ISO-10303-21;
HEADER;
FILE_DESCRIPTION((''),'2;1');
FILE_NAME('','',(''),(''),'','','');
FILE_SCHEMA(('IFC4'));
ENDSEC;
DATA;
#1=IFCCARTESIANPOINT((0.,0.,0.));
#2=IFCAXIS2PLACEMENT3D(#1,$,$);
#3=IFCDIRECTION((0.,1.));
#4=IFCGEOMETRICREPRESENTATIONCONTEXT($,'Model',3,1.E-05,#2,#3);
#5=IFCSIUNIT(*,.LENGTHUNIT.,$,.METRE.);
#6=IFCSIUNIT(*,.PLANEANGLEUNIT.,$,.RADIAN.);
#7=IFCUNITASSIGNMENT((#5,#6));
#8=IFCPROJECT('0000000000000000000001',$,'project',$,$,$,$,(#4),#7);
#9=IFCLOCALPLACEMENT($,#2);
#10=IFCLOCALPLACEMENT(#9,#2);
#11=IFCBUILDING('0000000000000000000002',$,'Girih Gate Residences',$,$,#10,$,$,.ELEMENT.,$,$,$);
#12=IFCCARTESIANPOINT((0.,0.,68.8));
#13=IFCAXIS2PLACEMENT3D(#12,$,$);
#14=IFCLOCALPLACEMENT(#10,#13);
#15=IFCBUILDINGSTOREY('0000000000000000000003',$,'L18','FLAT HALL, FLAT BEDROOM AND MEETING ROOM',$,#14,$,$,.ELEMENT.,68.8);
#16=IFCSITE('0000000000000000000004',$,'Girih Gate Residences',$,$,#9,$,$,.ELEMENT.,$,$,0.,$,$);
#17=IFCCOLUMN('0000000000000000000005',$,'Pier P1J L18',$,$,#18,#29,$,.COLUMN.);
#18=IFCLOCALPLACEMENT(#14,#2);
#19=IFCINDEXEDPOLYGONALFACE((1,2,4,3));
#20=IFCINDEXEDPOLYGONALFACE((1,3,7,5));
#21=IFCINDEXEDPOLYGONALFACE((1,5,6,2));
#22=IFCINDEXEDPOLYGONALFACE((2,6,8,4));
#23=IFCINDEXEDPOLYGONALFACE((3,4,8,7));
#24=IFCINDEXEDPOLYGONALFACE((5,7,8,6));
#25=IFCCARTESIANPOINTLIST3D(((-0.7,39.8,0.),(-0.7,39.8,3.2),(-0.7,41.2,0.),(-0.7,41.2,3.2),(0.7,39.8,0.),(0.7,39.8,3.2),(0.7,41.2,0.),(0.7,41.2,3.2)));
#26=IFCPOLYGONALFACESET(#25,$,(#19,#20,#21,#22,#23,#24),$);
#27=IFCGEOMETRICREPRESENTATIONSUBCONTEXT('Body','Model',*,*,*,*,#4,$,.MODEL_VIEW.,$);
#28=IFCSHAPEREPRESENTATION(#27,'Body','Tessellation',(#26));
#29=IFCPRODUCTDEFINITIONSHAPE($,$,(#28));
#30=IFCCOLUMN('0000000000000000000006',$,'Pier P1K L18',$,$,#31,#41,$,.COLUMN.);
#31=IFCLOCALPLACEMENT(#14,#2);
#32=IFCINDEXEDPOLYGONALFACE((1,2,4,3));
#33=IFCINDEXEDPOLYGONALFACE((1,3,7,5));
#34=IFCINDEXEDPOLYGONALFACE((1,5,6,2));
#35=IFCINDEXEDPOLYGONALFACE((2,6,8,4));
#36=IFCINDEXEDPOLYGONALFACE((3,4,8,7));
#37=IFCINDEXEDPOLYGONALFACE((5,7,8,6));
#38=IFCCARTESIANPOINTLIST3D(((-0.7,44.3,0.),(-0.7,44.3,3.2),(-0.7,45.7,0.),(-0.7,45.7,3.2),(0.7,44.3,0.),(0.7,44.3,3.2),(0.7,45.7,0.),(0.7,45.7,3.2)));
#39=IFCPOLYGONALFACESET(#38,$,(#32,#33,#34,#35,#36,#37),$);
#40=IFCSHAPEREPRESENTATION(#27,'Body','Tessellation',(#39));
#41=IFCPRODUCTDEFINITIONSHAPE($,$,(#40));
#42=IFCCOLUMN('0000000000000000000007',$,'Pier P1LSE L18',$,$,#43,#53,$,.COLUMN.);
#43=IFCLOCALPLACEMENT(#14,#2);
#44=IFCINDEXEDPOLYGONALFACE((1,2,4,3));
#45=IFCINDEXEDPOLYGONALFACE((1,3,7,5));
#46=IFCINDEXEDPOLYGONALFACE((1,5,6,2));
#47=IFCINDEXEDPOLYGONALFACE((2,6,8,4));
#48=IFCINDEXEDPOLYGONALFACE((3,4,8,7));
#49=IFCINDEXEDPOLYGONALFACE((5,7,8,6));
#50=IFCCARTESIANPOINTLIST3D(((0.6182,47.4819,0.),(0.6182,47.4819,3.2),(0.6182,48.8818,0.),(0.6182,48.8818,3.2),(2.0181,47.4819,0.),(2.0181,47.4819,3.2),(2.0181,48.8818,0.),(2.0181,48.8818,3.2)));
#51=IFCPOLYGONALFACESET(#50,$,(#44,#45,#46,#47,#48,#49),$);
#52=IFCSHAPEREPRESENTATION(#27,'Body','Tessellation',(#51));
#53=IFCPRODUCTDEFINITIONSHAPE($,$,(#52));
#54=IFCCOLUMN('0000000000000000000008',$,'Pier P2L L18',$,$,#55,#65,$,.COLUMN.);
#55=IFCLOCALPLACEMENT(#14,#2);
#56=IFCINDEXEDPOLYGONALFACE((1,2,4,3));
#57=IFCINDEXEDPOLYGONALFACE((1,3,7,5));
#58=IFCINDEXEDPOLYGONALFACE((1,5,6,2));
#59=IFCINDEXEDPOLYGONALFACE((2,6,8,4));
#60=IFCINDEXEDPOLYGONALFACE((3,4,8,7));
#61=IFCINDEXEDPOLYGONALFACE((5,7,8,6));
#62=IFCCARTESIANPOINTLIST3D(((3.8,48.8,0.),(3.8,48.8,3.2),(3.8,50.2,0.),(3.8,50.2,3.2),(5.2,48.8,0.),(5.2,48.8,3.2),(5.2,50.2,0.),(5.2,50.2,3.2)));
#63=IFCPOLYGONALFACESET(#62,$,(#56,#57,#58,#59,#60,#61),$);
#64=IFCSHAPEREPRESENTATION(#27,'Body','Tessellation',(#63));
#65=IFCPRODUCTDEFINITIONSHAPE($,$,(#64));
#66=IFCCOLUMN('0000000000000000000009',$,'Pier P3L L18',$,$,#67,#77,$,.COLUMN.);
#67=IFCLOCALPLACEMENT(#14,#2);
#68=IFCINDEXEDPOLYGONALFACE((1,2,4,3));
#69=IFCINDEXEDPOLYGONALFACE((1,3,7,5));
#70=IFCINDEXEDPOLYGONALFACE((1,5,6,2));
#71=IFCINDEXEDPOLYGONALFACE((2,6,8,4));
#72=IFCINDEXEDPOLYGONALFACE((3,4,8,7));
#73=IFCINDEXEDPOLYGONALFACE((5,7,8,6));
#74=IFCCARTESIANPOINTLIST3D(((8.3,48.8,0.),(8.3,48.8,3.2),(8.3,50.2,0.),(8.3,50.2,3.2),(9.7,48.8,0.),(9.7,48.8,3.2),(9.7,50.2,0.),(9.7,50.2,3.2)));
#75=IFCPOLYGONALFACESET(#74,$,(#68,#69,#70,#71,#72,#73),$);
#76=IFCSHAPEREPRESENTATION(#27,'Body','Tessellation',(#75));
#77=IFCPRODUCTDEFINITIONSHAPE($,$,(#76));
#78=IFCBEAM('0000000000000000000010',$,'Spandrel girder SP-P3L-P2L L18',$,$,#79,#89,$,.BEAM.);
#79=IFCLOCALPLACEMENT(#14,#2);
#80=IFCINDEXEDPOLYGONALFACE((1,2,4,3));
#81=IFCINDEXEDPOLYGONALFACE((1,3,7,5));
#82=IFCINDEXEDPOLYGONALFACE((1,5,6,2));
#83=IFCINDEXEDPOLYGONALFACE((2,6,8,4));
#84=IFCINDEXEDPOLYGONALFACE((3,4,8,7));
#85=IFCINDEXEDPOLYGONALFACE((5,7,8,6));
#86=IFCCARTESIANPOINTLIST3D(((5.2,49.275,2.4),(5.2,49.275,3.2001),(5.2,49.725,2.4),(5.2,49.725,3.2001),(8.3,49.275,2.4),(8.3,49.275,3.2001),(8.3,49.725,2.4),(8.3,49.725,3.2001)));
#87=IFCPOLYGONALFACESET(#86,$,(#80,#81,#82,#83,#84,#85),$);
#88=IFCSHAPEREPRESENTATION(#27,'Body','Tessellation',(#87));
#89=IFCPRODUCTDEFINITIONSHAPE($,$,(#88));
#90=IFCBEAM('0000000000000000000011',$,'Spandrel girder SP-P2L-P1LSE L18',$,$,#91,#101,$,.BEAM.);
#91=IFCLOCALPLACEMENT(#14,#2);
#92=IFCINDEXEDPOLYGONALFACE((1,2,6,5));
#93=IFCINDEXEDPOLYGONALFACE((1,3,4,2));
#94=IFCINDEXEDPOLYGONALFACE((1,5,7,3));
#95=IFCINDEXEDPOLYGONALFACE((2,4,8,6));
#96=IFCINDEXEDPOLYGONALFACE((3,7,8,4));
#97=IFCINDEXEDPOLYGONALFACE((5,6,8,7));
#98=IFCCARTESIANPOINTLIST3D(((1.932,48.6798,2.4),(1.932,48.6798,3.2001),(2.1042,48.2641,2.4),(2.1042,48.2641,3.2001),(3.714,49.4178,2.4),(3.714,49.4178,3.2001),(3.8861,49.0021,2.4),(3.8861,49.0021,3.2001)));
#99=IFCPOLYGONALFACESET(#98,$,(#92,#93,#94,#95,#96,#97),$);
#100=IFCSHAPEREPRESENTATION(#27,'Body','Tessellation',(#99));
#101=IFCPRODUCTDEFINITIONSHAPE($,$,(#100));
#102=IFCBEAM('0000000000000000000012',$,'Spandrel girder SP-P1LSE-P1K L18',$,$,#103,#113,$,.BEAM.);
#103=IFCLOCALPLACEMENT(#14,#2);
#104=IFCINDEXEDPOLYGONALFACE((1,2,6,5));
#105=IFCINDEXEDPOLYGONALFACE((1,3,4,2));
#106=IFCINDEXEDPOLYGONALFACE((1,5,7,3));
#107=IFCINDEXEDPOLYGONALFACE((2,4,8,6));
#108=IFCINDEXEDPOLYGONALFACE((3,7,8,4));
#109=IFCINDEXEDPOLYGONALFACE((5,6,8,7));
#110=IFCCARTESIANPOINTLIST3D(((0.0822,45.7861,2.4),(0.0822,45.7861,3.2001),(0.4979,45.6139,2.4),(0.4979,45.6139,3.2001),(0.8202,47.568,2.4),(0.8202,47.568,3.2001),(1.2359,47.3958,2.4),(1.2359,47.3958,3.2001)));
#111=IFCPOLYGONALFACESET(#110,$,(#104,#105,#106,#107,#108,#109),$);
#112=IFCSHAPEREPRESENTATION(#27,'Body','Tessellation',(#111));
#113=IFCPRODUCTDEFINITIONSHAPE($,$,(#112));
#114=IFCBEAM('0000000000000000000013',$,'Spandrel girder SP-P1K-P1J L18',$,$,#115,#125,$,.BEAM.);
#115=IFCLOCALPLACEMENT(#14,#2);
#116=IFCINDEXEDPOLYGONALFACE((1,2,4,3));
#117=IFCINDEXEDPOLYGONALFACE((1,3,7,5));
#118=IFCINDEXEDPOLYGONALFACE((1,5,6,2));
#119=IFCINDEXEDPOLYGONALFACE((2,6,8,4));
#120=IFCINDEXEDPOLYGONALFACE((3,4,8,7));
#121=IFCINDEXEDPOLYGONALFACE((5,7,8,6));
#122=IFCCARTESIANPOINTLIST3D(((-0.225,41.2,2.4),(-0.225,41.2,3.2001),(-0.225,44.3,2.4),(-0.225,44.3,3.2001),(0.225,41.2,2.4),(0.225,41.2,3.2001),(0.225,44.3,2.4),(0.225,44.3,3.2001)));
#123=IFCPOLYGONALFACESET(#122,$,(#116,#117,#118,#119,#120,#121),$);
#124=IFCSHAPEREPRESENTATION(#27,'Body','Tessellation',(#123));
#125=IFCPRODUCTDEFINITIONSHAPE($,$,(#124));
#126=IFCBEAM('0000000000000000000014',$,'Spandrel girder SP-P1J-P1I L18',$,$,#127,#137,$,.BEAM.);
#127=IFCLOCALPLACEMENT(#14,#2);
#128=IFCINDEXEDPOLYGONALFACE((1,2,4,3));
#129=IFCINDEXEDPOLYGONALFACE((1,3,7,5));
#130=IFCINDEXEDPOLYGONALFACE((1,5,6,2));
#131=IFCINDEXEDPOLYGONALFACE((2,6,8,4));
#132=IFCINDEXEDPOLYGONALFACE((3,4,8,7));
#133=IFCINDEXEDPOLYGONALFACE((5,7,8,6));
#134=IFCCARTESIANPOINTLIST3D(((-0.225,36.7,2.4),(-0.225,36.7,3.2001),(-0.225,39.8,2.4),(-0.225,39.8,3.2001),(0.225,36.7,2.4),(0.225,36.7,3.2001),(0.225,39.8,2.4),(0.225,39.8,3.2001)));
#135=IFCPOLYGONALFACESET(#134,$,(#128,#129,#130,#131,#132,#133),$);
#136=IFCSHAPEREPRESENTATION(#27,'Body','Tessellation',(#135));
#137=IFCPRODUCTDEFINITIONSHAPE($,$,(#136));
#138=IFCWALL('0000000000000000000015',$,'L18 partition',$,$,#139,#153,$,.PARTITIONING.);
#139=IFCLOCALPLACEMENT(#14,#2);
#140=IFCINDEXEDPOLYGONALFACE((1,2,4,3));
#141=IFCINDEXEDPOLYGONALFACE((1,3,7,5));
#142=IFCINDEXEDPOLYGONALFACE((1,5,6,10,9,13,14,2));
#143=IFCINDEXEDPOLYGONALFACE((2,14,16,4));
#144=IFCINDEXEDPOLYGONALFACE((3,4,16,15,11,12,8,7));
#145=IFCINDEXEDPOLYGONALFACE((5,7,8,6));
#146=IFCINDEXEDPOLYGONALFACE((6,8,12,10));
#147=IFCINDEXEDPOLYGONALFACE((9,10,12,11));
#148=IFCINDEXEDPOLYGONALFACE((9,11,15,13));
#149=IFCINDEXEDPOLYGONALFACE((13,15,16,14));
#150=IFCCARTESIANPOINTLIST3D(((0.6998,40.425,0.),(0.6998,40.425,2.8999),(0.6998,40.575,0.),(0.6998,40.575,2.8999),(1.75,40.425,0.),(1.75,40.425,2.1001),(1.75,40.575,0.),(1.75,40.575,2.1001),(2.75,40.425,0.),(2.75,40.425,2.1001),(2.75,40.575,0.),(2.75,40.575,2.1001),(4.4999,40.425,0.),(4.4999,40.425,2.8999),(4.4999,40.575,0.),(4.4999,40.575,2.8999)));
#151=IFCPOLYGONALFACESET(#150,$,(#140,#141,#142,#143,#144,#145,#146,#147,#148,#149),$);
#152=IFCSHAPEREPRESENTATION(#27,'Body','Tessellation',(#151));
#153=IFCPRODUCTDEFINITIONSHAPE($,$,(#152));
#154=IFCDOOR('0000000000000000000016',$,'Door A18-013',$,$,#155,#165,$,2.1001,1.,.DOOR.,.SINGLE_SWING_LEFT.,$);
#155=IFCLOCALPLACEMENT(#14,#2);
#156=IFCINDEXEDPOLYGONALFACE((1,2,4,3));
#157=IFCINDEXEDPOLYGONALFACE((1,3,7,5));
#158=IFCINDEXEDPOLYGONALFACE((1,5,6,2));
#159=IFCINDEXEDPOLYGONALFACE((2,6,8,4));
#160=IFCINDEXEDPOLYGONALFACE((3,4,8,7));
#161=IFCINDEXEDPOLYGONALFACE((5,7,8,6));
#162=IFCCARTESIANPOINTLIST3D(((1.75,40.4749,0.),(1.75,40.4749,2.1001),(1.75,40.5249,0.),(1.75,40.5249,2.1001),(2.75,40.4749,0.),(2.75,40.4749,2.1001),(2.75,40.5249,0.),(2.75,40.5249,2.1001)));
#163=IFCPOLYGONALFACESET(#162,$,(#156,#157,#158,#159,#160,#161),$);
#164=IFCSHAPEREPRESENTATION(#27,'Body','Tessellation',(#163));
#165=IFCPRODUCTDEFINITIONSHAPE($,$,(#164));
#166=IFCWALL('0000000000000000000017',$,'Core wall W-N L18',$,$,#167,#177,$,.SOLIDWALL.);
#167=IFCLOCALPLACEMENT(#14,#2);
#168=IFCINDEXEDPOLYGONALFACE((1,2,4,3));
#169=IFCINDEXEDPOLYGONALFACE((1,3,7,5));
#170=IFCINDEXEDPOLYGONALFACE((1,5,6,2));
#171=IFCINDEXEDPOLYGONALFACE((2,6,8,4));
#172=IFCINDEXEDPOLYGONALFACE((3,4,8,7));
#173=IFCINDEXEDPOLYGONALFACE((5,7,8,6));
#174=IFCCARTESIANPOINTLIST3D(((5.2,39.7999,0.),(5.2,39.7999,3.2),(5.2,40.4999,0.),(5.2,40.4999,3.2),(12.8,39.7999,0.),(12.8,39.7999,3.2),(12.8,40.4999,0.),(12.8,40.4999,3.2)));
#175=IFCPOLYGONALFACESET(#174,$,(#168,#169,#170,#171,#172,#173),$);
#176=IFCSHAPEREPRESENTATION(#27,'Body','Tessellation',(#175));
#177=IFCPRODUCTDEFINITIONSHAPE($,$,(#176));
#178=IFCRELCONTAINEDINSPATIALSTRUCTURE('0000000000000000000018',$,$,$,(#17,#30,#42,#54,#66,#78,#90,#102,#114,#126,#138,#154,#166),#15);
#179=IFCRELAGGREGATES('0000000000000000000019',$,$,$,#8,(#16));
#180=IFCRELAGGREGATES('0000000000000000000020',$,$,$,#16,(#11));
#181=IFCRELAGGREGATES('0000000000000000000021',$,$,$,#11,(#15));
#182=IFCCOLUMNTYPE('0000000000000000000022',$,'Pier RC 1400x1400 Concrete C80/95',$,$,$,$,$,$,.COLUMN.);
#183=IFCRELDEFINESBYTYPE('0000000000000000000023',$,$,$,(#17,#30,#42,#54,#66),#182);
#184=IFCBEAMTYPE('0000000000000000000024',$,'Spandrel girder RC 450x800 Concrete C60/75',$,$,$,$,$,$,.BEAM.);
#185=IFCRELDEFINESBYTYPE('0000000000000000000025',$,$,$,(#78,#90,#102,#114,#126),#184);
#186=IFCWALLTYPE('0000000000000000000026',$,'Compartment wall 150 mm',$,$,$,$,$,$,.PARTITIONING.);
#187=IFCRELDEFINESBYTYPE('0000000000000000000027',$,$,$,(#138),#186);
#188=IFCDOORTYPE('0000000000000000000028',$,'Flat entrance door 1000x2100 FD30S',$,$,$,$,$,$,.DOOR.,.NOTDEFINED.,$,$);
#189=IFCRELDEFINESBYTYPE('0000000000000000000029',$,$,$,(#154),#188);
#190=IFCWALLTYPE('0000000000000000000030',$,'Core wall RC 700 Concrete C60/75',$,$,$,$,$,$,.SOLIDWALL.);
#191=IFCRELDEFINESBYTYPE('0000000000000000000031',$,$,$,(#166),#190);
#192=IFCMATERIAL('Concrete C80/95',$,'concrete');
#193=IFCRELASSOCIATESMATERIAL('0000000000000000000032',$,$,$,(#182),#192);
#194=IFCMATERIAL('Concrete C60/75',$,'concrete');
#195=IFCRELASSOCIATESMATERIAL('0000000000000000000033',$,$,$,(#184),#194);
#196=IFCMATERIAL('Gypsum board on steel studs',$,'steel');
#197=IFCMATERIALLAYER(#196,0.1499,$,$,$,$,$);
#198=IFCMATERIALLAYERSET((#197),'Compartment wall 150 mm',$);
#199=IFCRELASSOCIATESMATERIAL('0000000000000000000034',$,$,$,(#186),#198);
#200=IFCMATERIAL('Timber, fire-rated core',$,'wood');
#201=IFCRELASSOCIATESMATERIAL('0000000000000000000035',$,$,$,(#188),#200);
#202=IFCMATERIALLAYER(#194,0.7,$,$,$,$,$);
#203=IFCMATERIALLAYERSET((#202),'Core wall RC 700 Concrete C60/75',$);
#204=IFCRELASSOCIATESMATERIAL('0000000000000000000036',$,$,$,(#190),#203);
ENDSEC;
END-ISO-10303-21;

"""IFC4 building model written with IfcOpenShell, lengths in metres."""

from ifc_helpers import new_model, si_unit, direction, frame, frame_2d, origin, origin_2d, place, context, subcontext, project, spatial, rectangle, extrude, material, layer, layer_set, material_profile, profile_set, type_object, element, fill, save


model = new_model("IFC4")

# Units and contexts
model_context = context("Model", 3, precision=1e-05, world=origin(), true_north=direction((0.0, 1.0)))
body_context = subcontext(model_context, "Body", "Model", "MODEL_VIEW")
ifc_project = project(units=[si_unit("LENGTHUNIT", "METRE"), si_unit("PLANEANGLEUNIT", "RADIAN")], contexts=[model_context])

# Site, building, storey
site_placement = place(None, origin())
site = spatial("IfcSite", under=ifc_project, at=site_placement, Name="Girih Gate Residences", CompositionType="ELEMENT", RefElevation=0.0)
building_placement = place(site_placement, origin())
building = spatial("IfcBuilding", under=site, at=building_placement, Name="Girih Gate Residences", CompositionType="ELEMENT")
storey_placement = place(building_placement, frame((0.0, 0.0, 68.8)))
storey = spatial("IfcBuildingStorey", under=building, at=storey_placement, Name="L18", Description="FLAT HALL, FLAT BEDROOM AND MEETING ROOM", CompositionType="ELEMENT", Elevation=68.8)

# Columns
ifc_material_1 = material(Name="Concrete C80/95", Category="concrete")
ifc_material_profile_1 = material_profile(ifc_material_1, rectangle(XDim=1.3999, YDim=1.3999, at=origin_2d()))
ifc_profile_set_1 = profile_set([ifc_material_profile_1], Name="Concrete C80/95")
column_type = type_object("IfcColumnType", Name="Pier RC 1400x1400 Concrete C80/95", PredefinedType="COLUMN", material=ifc_profile_set_1)
for number, where, z_axis, x_axis, name in (
    (1, (0.0, 40.5, 0.0), (0.0, 0.0, 1.0), (1.0, 0.0, 0.0), "Pier P1J L18"),
    (2, (0.0, 45.0, 0.0), (0.0, 0.0, 1.0), (1.0, 0.0, 0.0), "Pier P1K L18"),
    (3, (1.3181, 48.1819, 0.0), (0.0, 0.0, 1.0), (1.0, 0.0, 0.0), "Pier P1LSE L18"),
    (4, (4.5, 49.5, 0.0), (0.0, 0.0, 1.0), (1.0, 0.0, 0.0), "Pier P2L L18"),
    (5, (9.0, 49.5, 0.0), (0.0, 0.0, 1.0), (1.0, 0.0, 0.0), "Pier P3L L18"),
):
    element("IfcColumn", number, at=place(storey_placement, frame(where, z_axis=z_axis, x_axis=x_axis)), inside=storey, type_object=column_type, Name=name, PredefinedType="COLUMN", context=body_context, shape_type="SweptSolid", body=[
        extrude(rectangle(XDim=1.3999, YDim=1.3999, at=origin_2d()), origin(), (0.0, 0.0, 1.0), 3.2),
    ])

# Beams
ifc_material_2 = material(Name="Concrete C60/75", Category="concrete")
ifc_material_profile_2 = material_profile(ifc_material_2, rectangle(XDim=0.45, YDim=0.8, at=origin_2d()))
ifc_profile_set_2 = profile_set([ifc_material_profile_2], Name="Concrete C60/75")
beam_type = type_object("IfcBeamType", Name="Spandrel girder RC 450x800 Concrete C60/75", PredefinedType="BEAM", material=ifc_profile_set_2)
beam_placement = place(storey_placement, frame((8.3, 49.5, 2.8), z_axis=(-1.0, 0.0, 0.0), x_axis=(0.0, -1.0, 0.0)))
element("IfcBeam", 6, at=beam_placement, inside=storey, type_object=beam_type, Name="Spandrel girder SP-P3L-P2L L18", PredefinedType="BEAM", context=body_context, shape_type="SweptSolid", body=[
    extrude(rectangle(XDim=0.45, YDim=0.8, at=origin_2d()), origin(), (0.0, 0.0, 1.0), 3.1001),
])
for number, where, z_axis, x_axis, name in (
    (7, (3.8, 49.21, 2.8), (-0.923895, -0.382646, 0.0), (0.382646, -0.923895, 0.0), "Spandrel girder SP-P2L-P1LSE L18"),
    (8, (1.0281, 47.4819, 2.8), (-0.382646, -0.923895, 0.0), (0.923895, -0.382646, 0.0), "Spandrel girder SP-P1LSE-P1K L18"),
):
    element("IfcBeam", number, at=place(storey_placement, frame(where, z_axis=z_axis, x_axis=x_axis)), inside=storey, type_object=beam_type, Name=name, PredefinedType="BEAM", context=body_context, shape_type="SweptSolid", body=[
        extrude(rectangle(XDim=0.45, YDim=0.8, at=origin_2d()), origin(), (0.0, 0.0, 1.0), 1.9287),
    ])
for number, where, z_axis, x_axis, name in (
    (9, (0.0, 44.3, 2.8), (0.0, -1.0, 0.0), (1.0, 0.0, 0.0), "Spandrel girder SP-P1K-P1J L18"),
    (10, (0.0, 39.8, 2.8), (0.0, -1.0, 0.0), (1.0, 0.0, 0.0), "Spandrel girder SP-P1J-P1I L18"),
):
    element("IfcBeam", number, at=place(storey_placement, frame(where, z_axis=z_axis, x_axis=x_axis)), inside=storey, type_object=beam_type, Name=name, PredefinedType="BEAM", context=body_context, shape_type="SweptSolid", body=[
        extrude(rectangle(XDim=0.45, YDim=0.8, at=origin_2d()), origin(), (0.0, 0.0, 1.0), 3.1001),
    ])

# Wall, opening, door
ifc_material_3 = material(Name="Gypsum board on steel studs", Category="steel")
ifc_layer_1 = layer(ifc_material_3, 0.1499)
ifc_layer_set_1 = layer_set([ifc_layer_1], Name="Compartment wall 150 mm")
wall_type_1 = type_object("IfcWallType", Name="Compartment wall 150 mm", PredefinedType="PARTITIONING", material=ifc_layer_set_1)
wall_1_placement = place(storey_placement, frame((0.7, 40.5, 0.0), z_axis=(0.0, 0.0, 1.0), x_axis=(1.0, 0.0, 0.0)))
wall_1 = element("IfcWall", 11, at=wall_1_placement, inside=storey, type_object=wall_type_1, Name="L18 partition", PredefinedType="PARTITIONING", context=body_context, shape_type="SweptSolid", body=[
    extrude(rectangle(XDim=3.8, YDim=0.1499, at=frame_2d((1.8999, 0.0))), origin(), (0.0, 0.0, 1.0), 2.8999),
])
opening_1_placement = place(wall_1_placement, frame((1.05, 0.0, 0.0)))
opening_1 = element("IfcOpeningElement", 12, at=opening_1_placement, cuts=wall_1, PredefinedType="OPENING", context=body_context, shape_type="SweptSolid", body=[
    extrude(rectangle(XDim=1.0, YDim=2.1001, at=frame_2d((0.5, 1.05))), frame((0.0, 0.085, 0.0), z_axis=(0.0, -1.0, 0.0), x_axis=(1.0, 0.0, 0.0)), (0.0, 0.0, 1.0), 0.1699),
])
ifc_material_4 = material(Name="Timber, fire-rated core", Category="wood")
door_type_1 = type_object("IfcDoorType", Name="Flat entrance door 1000x2100 FD30S", OperationType="NOTDEFINED", PredefinedType="DOOR", material=ifc_material_4)
door_1_placement = place(opening_1_placement, origin())
door_1 = element("IfcDoor", 13, at=door_1_placement, inside=storey, type_object=door_type_1, Name="Door A18-013", OperationType="SINGLE_SWING_LEFT", OverallHeight=2.1001, OverallWidth=1.0, PredefinedType="DOOR", context=body_context, shape_type="SweptSolid", body=[
    extrude(rectangle(XDim=1.0, YDim=2.1001, at=frame_2d((0.5, 1.05))), frame((0.0, 0.0249, 0.0), z_axis=(0.0, -1.0, 0.0), x_axis=(1.0, 0.0, 0.0)), (0.0, 0.0, 1.0), 0.05),
])
fill(opening_1, door_1)

# Wall
ifc_layer_2 = layer(ifc_material_2, 0.7)
ifc_layer_set_2 = layer_set([ifc_layer_2], Name="Core wall RC 700 Concrete C60/75")
wall_type_2 = type_object("IfcWallType", Name="Core wall RC 700 Concrete C60/75", PredefinedType="SOLIDWALL", material=ifc_layer_set_2)
wall_2_placement = place(storey_placement, frame((5.2, 40.1499, 0.0), z_axis=(0.0, 0.0, 1.0), x_axis=(1.0, 0.0, 0.0)))
element("IfcWall", 14, at=wall_2_placement, inside=storey, type_object=wall_type_2, Name="Core wall W-N L18", PredefinedType="SOLIDWALL", context=body_context, shape_type="SweptSolid", body=[
    extrude(rectangle(XDim=7.6001, YDim=0.7, at=frame_2d((3.8, 0.0))), origin(), (0.0, 0.0, 1.0), 3.2),
])

save(model, "model.ifc")
